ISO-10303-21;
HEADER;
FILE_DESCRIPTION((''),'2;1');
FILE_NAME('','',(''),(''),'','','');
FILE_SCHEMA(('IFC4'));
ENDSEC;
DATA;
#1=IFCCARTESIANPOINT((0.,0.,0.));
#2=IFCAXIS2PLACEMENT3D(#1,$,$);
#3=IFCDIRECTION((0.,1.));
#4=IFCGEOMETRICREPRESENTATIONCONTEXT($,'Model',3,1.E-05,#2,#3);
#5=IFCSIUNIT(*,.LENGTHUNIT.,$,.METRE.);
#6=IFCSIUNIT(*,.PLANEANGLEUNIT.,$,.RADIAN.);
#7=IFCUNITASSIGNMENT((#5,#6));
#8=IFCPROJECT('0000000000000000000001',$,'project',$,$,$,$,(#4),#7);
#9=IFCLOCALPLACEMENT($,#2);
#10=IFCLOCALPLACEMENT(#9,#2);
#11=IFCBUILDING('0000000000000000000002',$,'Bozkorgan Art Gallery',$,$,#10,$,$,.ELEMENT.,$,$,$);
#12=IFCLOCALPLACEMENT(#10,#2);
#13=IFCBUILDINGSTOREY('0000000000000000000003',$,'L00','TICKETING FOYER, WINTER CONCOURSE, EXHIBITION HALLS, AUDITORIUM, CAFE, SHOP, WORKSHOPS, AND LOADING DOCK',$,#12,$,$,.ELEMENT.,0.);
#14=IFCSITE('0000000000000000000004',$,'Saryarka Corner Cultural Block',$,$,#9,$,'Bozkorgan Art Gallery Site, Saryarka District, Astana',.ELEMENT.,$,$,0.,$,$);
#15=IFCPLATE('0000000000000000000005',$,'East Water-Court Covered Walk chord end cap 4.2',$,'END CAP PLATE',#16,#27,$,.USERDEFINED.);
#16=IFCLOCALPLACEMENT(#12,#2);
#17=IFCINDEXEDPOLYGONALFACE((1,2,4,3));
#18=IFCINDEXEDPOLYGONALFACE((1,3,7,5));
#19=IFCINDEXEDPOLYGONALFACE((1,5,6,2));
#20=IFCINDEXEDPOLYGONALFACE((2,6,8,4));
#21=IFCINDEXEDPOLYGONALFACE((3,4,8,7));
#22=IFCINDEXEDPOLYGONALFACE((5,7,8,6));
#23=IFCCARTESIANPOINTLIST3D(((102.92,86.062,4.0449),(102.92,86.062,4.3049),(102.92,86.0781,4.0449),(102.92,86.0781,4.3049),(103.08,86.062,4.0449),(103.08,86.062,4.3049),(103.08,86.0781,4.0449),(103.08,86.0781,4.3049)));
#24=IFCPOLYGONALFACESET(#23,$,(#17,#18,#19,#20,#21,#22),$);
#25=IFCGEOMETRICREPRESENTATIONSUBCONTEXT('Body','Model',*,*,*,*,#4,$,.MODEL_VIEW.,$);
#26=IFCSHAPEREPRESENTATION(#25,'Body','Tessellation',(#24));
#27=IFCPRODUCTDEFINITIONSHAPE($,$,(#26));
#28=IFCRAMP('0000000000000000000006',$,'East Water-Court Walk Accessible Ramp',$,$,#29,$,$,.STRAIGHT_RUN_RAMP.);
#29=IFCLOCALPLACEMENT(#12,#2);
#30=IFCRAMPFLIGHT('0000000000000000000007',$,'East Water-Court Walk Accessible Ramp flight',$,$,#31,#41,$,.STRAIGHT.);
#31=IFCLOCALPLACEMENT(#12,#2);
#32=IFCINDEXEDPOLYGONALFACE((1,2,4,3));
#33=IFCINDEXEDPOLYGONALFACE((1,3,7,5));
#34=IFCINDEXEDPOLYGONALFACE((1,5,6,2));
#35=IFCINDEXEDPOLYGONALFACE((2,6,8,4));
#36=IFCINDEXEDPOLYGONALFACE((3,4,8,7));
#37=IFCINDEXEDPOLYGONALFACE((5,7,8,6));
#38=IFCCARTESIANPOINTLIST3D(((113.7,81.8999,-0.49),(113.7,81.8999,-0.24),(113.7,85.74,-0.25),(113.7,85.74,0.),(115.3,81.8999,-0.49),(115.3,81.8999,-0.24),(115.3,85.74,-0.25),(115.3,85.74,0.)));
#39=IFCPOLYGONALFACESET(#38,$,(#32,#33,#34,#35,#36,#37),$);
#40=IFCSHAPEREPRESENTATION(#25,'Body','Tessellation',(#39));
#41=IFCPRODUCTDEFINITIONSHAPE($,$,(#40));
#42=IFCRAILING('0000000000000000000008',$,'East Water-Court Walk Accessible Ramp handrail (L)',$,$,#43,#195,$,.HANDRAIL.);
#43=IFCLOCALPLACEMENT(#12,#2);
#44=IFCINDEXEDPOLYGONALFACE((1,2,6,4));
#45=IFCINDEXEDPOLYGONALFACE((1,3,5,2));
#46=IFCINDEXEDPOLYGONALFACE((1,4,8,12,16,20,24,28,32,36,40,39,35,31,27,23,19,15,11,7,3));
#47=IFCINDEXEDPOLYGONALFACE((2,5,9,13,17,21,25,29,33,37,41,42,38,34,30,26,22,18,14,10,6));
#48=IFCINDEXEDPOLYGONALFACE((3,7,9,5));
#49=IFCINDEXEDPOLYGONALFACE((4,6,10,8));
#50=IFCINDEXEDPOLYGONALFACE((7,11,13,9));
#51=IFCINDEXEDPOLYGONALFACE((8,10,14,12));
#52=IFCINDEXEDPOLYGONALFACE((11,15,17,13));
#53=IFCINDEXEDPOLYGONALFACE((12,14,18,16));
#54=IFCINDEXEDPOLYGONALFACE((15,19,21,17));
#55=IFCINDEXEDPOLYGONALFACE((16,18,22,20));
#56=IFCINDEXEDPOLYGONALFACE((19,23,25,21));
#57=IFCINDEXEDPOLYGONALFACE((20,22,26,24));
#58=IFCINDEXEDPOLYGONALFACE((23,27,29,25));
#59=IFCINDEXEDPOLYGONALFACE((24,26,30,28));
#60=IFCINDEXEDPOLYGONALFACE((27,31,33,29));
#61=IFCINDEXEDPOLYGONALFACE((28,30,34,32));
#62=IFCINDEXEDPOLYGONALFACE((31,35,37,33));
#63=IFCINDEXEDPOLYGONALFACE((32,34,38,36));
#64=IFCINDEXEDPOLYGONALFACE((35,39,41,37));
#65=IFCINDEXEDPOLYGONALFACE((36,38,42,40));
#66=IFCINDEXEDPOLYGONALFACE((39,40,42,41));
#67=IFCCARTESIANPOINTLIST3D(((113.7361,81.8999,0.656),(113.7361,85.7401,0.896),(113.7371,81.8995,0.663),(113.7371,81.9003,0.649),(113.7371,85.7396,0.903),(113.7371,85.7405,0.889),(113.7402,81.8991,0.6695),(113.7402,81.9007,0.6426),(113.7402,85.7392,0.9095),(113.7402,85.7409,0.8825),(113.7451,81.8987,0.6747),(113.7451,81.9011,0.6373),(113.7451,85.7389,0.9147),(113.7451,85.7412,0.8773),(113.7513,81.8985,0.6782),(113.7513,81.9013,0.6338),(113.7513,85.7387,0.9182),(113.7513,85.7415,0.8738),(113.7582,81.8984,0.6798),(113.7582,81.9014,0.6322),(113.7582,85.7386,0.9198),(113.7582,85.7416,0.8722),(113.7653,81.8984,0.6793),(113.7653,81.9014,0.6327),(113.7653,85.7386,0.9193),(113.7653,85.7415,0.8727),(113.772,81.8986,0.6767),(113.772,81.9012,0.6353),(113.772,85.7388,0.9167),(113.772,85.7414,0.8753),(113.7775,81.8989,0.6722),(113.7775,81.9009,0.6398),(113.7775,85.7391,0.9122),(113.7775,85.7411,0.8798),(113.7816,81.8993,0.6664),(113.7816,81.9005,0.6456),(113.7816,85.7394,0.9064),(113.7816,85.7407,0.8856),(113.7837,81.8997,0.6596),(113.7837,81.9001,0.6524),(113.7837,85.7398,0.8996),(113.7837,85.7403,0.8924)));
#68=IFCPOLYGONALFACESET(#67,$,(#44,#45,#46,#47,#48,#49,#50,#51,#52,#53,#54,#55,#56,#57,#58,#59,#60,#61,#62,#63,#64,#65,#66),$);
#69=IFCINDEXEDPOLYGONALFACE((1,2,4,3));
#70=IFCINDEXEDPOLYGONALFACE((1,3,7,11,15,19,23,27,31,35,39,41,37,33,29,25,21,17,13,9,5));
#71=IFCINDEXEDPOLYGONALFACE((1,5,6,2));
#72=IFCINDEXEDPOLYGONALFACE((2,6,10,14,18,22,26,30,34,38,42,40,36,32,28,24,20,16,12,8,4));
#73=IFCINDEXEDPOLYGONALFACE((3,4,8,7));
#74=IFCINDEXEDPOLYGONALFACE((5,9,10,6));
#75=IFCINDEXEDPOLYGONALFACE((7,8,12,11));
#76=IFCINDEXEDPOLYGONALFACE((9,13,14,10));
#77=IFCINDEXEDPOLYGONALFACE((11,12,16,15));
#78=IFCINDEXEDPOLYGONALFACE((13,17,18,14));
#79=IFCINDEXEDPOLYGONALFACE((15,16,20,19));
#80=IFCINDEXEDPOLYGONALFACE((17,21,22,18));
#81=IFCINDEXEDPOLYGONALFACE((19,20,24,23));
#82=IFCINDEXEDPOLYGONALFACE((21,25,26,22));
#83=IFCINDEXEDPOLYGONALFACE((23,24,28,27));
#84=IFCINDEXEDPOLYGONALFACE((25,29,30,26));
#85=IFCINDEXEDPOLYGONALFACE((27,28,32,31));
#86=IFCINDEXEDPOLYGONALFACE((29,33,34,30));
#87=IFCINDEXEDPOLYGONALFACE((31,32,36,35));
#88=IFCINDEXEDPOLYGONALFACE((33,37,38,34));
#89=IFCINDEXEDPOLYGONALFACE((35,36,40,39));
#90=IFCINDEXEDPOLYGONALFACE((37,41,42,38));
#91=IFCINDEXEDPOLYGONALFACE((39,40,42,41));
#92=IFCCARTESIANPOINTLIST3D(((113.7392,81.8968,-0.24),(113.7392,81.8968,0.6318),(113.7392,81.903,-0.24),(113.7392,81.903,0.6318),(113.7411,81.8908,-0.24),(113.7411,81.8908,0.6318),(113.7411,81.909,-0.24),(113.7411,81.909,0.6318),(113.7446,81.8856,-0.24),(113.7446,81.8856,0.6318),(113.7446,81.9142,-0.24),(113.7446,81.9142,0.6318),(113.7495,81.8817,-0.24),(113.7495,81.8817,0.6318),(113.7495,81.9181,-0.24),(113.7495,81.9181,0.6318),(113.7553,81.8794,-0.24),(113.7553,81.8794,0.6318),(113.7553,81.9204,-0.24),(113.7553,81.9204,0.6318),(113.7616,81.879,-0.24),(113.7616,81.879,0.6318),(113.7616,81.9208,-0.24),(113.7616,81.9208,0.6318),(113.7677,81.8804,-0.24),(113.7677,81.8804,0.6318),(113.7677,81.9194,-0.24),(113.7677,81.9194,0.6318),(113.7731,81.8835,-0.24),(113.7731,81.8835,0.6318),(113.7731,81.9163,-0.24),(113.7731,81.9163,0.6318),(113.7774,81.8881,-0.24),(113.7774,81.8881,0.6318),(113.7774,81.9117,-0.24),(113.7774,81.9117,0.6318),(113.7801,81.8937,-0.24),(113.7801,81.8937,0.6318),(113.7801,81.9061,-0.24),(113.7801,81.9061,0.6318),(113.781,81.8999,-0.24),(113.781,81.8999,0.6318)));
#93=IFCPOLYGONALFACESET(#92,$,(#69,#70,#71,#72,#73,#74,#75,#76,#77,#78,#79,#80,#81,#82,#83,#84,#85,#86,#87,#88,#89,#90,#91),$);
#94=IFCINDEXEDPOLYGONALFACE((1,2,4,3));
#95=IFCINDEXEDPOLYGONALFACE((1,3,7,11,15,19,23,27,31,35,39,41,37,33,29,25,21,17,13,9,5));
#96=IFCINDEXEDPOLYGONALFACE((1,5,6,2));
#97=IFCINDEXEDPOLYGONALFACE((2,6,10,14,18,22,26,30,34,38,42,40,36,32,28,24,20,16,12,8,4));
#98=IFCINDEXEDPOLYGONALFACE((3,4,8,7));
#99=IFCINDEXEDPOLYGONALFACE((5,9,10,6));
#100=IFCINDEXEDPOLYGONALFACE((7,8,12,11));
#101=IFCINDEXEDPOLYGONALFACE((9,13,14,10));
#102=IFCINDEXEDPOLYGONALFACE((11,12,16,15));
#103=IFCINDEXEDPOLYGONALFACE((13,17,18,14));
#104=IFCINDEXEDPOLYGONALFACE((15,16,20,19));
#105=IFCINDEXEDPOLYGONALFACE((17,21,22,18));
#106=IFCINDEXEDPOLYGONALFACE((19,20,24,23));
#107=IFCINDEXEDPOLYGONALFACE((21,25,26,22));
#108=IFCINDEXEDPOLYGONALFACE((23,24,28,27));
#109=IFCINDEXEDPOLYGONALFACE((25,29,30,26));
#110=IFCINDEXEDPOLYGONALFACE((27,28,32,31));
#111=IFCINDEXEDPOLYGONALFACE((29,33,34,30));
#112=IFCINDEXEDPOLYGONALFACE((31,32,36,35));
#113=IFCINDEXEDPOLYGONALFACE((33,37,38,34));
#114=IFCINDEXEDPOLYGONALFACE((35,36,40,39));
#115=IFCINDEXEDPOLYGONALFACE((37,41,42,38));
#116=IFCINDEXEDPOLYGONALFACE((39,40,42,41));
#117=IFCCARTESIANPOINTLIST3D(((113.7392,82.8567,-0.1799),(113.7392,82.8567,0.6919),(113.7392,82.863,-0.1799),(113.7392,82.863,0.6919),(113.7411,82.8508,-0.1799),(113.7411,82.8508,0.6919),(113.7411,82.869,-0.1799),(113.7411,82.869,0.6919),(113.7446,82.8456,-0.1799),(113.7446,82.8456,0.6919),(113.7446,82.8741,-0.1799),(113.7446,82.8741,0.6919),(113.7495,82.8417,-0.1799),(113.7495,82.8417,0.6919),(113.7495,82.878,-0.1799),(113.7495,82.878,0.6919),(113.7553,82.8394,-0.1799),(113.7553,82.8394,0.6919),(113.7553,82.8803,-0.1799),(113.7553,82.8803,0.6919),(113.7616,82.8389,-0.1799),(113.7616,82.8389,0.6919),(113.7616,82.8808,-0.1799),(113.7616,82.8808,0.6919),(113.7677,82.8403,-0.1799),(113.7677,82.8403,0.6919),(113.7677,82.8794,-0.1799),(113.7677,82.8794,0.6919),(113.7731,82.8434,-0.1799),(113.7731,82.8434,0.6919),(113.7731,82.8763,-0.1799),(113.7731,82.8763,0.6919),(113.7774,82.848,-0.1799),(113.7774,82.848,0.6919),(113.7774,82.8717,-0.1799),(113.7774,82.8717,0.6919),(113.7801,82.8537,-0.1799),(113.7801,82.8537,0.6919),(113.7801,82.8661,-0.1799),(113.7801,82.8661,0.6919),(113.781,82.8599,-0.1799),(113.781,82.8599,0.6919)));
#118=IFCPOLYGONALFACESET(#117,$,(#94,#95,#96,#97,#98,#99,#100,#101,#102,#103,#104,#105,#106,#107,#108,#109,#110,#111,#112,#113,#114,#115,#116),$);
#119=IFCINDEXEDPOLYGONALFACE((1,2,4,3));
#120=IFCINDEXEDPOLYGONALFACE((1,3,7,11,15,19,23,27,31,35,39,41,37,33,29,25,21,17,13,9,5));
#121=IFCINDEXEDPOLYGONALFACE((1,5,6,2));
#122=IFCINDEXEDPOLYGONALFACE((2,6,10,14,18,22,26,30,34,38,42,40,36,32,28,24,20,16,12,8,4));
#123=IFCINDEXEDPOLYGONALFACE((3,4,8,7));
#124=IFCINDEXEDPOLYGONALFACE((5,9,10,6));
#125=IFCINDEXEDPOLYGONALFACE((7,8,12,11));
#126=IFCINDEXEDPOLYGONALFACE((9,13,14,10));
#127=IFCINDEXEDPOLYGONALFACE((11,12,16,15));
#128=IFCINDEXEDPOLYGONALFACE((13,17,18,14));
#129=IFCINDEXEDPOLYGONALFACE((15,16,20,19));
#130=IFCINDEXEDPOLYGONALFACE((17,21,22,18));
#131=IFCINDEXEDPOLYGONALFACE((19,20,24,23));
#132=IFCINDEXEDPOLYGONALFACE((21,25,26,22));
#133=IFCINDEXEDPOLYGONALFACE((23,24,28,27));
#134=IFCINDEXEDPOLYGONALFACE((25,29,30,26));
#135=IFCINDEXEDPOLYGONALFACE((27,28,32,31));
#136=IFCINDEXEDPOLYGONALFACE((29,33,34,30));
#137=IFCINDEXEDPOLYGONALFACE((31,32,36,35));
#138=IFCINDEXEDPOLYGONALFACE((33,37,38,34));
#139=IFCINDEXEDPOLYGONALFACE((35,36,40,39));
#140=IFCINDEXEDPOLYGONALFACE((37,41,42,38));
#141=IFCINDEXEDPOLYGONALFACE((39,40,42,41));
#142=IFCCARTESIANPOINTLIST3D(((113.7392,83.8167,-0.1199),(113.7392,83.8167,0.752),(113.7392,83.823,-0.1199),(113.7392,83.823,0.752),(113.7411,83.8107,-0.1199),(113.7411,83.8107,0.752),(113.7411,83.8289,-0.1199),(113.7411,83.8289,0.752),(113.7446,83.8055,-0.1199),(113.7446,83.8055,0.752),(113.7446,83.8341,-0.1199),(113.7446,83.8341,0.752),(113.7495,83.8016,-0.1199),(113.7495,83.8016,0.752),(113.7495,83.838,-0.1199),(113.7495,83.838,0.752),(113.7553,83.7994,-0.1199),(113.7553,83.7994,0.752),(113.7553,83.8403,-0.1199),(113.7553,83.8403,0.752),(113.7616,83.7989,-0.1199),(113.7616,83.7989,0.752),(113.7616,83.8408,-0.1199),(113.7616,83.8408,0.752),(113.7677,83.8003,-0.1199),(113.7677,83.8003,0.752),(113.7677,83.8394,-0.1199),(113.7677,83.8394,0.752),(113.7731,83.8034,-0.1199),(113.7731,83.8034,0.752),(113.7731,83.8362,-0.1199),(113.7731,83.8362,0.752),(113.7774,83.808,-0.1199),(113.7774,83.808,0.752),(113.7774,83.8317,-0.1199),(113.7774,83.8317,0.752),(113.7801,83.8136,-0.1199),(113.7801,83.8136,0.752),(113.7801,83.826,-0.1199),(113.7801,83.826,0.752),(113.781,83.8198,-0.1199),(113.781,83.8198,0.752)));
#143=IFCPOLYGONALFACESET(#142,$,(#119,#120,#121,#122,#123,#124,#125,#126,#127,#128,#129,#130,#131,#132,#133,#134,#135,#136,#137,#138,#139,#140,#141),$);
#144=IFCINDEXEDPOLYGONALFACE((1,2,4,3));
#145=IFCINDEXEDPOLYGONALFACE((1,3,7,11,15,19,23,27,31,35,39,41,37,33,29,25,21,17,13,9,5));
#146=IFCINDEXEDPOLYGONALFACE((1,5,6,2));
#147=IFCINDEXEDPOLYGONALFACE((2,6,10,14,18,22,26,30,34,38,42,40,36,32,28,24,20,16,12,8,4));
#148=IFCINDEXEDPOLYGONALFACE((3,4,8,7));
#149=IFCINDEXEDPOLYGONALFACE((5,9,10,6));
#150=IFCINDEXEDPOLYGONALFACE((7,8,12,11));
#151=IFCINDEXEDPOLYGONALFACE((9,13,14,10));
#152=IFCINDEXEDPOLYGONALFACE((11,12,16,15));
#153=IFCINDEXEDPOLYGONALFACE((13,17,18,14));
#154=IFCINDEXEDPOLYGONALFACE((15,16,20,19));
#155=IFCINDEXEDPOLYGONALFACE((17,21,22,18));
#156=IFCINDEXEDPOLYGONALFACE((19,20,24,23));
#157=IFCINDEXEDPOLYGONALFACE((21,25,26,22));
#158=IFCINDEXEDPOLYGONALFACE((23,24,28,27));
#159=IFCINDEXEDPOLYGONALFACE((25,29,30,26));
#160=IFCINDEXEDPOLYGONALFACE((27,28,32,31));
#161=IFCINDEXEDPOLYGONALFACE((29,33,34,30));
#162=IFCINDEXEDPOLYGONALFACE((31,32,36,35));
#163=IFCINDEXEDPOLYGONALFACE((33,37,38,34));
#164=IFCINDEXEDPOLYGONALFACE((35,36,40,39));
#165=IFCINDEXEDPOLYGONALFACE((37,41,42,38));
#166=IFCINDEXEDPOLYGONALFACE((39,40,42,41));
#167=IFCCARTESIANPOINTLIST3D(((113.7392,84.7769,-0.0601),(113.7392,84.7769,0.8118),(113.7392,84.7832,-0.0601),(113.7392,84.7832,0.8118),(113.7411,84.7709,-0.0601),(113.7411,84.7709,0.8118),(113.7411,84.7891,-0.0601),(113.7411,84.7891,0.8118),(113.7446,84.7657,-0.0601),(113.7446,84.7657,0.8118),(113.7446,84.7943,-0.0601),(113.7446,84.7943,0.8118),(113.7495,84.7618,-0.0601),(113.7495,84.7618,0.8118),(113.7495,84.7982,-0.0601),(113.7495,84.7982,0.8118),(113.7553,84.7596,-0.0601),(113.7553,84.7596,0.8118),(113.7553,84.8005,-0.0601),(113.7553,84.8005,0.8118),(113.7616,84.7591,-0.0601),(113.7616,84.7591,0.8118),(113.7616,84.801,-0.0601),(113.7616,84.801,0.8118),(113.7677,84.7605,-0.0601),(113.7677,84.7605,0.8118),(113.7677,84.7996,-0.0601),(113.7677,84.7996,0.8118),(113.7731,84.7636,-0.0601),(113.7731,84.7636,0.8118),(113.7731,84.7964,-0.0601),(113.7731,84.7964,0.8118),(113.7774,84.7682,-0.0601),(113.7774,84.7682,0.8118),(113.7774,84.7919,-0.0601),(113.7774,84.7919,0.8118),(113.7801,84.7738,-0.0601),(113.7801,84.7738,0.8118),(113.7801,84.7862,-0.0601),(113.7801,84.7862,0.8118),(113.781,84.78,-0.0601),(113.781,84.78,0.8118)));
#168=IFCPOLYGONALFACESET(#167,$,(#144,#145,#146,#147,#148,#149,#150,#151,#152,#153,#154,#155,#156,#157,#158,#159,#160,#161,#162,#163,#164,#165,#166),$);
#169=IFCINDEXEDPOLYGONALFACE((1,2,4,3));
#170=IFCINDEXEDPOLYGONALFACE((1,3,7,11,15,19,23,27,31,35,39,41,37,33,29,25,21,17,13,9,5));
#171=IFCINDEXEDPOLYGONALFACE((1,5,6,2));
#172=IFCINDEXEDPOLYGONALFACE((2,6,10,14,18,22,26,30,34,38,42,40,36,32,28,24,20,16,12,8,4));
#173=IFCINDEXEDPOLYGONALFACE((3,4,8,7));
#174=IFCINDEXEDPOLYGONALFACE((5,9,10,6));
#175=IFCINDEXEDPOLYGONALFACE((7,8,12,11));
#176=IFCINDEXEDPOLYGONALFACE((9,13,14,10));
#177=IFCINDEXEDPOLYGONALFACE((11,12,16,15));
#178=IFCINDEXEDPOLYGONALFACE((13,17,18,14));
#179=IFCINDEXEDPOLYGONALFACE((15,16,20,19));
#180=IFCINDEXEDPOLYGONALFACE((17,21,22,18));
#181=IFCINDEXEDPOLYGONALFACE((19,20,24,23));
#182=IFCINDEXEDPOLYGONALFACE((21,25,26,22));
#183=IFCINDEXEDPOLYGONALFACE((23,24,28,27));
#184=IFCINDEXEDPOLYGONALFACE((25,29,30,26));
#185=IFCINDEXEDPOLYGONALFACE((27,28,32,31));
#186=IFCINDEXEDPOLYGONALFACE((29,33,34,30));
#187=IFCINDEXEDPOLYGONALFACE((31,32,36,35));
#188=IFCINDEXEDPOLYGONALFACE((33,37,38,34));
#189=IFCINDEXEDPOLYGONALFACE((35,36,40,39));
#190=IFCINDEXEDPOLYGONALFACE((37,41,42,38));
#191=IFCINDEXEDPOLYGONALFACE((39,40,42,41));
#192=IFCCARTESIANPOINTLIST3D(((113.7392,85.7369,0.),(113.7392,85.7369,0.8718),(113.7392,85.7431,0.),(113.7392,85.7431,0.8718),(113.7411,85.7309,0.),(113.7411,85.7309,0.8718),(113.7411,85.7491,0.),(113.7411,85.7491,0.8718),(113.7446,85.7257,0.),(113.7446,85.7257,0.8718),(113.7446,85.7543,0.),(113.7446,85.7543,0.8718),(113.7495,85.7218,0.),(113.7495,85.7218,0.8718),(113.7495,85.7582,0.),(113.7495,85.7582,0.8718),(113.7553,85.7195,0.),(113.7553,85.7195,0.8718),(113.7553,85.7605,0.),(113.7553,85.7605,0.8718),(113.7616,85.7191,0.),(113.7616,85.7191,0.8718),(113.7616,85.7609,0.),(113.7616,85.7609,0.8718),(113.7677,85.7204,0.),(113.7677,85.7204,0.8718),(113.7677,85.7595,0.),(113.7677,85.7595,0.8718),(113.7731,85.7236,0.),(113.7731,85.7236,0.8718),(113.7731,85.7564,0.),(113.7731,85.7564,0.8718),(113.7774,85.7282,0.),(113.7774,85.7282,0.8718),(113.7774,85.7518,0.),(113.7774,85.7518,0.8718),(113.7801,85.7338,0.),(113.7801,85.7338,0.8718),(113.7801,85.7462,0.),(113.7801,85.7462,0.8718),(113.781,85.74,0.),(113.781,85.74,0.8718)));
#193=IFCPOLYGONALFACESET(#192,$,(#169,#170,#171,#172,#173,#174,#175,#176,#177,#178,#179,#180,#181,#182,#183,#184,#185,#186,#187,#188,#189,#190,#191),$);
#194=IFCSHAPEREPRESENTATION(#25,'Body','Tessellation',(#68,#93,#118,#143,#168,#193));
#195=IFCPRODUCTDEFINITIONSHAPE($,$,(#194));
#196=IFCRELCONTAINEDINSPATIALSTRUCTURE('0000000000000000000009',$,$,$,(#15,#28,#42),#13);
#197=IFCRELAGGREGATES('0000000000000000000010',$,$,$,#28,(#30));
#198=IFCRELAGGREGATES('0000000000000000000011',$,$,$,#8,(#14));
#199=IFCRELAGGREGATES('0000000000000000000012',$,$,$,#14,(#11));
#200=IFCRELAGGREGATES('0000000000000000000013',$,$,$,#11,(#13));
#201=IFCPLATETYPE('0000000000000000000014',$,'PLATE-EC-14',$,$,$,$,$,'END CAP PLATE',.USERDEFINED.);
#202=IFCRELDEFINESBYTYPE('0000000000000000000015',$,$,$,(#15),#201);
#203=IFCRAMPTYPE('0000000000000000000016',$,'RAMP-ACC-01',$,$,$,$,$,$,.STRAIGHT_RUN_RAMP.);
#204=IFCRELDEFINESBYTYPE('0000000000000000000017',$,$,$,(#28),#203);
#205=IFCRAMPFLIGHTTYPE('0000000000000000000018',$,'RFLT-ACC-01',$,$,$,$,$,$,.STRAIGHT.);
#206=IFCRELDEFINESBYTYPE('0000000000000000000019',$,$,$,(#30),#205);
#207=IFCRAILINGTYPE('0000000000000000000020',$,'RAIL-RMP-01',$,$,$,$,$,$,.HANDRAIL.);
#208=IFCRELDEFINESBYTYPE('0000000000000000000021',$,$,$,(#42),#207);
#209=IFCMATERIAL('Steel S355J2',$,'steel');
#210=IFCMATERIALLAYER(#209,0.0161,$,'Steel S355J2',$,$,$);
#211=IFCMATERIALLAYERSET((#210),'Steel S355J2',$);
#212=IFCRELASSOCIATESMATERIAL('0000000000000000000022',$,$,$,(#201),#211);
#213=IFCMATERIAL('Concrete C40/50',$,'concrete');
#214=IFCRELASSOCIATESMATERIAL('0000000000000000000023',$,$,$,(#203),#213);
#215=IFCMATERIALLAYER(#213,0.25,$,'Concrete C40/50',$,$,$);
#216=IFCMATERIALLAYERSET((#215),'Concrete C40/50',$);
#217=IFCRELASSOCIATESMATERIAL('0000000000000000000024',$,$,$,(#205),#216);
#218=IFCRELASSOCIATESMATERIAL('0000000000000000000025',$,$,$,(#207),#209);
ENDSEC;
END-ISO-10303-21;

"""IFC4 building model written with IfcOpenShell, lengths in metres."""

from ifc_helpers import new_model, si_unit, direction, frame, origin, origin_2d, place, context, subcontext, project, spatial, polyline, rectangle, circle, outline, extrude, material, layer, layer_set, type_object, element, aggregate, save


model = new_model("IFC4")

# Units and contexts
model_context = context("Model", 3, precision=1e-05, world=origin(), true_north=direction((0.0, 1.0)))
body_context = subcontext(model_context, "Body", "Model", "MODEL_VIEW")
ifc_project = project(units=[si_unit("LENGTHUNIT", "METRE"), si_unit("PLANEANGLEUNIT", "RADIAN")], contexts=[model_context])

# Site, building, storey
site_placement = place(None, origin())
site = spatial("IfcSite", under=ifc_project, at=site_placement, Name="Saryarka Corner Cultural Block", LongName="Bozkorgan Art Gallery Site, Saryarka District, Astana", CompositionType="ELEMENT", RefElevation=0.0)
building_placement = place(site_placement, origin())
building = spatial("IfcBuilding", under=site, at=building_placement, Name="Bozkorgan Art Gallery", CompositionType="ELEMENT")
storey_placement = place(building_placement, origin())
storey = spatial("IfcBuildingStorey", under=building, at=storey_placement, Name="L00", Description="TICKETING FOYER, WINTER CONCOURSE, EXHIBITION HALLS, AUDITORIUM, CAFE, SHOP, WORKSHOPS, AND LOADING DOCK", CompositionType="ELEMENT", Elevation=0.0)

# Shared definitions
ifc_material_1 = material(Name="Steel S355J2", Category="steel")

# Plate
ifc_layer_1 = layer(ifc_material_1, 0.0161, Name="Steel S355J2")
ifc_layer_set_1 = layer_set([ifc_layer_1], Name="Steel S355J2")
plate_type_1 = type_object("IfcPlateType", Name="PLATE-EC-14", ElementType="END CAP PLATE", PredefinedType="USERDEFINED", material=ifc_layer_set_1)
for number, where, z_axis, x_axis, name in (
    (1, (103.0, 86.0701, 4.0449), (0.0, 0.0, 1.0), (0.0, -1.0, 0.0), "East Water-Court Covered Walk chord end cap 4.2"),
):
    element("IfcPlate", number, at=place(storey_placement, frame(where, z_axis=z_axis, x_axis=x_axis)), inside=storey, type_object=plate_type_1, Name=name, ObjectType="END CAP PLATE", PredefinedType="USERDEFINED", context=body_context, shape_type="SweptSolid", body=[
        extrude(rectangle(XDim=0.0161, YDim=0.1599, at=origin_2d()), origin(), (0.0, 0.0, 1.0), 0.26),
    ])

# Ramp, ramp flight
ifc_material_2 = material(Name="Concrete C40/50", Category="concrete")
ramp_type = type_object("IfcRampType", Name="RAMP-ACC-01", PredefinedType="STRAIGHT_RUN_RAMP", material=ifc_material_2)
ramp_placement = place(storey_placement, origin())
ramp = element("IfcRamp", 2, at=ramp_placement, inside=storey, type_object=ramp_type, Name="East Water-Court Walk Accessible Ramp", PredefinedType="STRAIGHT_RUN_RAMP")
ifc_layer_2 = layer(ifc_material_2, 0.25, Name="Concrete C40/50")
ifc_layer_set_2 = layer_set([ifc_layer_2], Name="Concrete C40/50")
ramp_flight_type = type_object("IfcRampFlightType", Name="RFLT-ACC-01", PredefinedType="STRAIGHT", material=ifc_layer_set_2)
ramp_flight_placement = place(storey_placement, frame((114.5, 81.8999, -0.24), z_axis=(0.0, 0.0, 1.0), x_axis=(0.0, 1.0, 0.0)))
ramp_flight = element("IfcRampFlight", 3, at=ramp_flight_placement, type_object=ramp_flight_type, Name="East Water-Court Walk Accessible Ramp flight", PredefinedType="STRAIGHT", context=body_context, shape_type="SweptSolid", body=[
    extrude(outline(polyline([(0.0, 0.0), (3.8401, 0.24), (3.8401, -0.01), (0.0, -0.25), (0.0, 0.0)])), frame((0.0, 0.8, 0.0), z_axis=(0.0, -1.0, 0.0), x_axis=(1.0, 0.0, 0.0)), (0.0, 0.0, 1.0), 1.6001),
])
aggregate(ramp, [ramp_flight])

# Railing
railing_type = type_object("IfcRailingType", Name="RAIL-RMP-01", PredefinedType="HANDRAIL", material=ifc_material_1)
for number, where, name in (
    (4, (113.76, 81.8999, -0.24), "East Water-Court Walk Accessible Ramp handrail (L)"),
):
    element("IfcRailing", number, at=place(storey_placement, frame(where)), inside=storey, type_object=railing_type, Name=name, PredefinedType="HANDRAIL", context=body_context, shape_type="SweptSolid", body=[
        extrude(circle(Radius=0.0239, at=origin_2d()), frame((0.0, 0.0, 0.896), z_axis=(0.0, 0.998053, 0.062374), x_axis=(-1.0, 0.0, 0.0)), (0.0, 0.0, 1.0), 3.8477),
        extrude(circle(Radius=0.021, at=origin_2d()), origin(), (0.0, 0.0, 1.0), 0.8718),
        extrude(circle(Radius=0.021, at=origin_2d()), frame((0.0, 0.96, 0.0601)), (0.0, 0.0, 1.0), 0.8718),
        extrude(circle(Radius=0.021, at=origin_2d()), frame((0.0, 1.9199, 0.1201)), (0.0, 0.0, 1.0), 0.8718),
        extrude(circle(Radius=0.021, at=origin_2d()), frame((0.0, 2.8801, 0.1799)), (0.0, 0.0, 1.0), 0.8718),
        extrude(circle(Radius=0.021, at=origin_2d()), frame((0.0, 3.8401, 0.24)), (0.0, 0.0, 1.0), 0.8718),
    ])

save(model, "model.ifc")
